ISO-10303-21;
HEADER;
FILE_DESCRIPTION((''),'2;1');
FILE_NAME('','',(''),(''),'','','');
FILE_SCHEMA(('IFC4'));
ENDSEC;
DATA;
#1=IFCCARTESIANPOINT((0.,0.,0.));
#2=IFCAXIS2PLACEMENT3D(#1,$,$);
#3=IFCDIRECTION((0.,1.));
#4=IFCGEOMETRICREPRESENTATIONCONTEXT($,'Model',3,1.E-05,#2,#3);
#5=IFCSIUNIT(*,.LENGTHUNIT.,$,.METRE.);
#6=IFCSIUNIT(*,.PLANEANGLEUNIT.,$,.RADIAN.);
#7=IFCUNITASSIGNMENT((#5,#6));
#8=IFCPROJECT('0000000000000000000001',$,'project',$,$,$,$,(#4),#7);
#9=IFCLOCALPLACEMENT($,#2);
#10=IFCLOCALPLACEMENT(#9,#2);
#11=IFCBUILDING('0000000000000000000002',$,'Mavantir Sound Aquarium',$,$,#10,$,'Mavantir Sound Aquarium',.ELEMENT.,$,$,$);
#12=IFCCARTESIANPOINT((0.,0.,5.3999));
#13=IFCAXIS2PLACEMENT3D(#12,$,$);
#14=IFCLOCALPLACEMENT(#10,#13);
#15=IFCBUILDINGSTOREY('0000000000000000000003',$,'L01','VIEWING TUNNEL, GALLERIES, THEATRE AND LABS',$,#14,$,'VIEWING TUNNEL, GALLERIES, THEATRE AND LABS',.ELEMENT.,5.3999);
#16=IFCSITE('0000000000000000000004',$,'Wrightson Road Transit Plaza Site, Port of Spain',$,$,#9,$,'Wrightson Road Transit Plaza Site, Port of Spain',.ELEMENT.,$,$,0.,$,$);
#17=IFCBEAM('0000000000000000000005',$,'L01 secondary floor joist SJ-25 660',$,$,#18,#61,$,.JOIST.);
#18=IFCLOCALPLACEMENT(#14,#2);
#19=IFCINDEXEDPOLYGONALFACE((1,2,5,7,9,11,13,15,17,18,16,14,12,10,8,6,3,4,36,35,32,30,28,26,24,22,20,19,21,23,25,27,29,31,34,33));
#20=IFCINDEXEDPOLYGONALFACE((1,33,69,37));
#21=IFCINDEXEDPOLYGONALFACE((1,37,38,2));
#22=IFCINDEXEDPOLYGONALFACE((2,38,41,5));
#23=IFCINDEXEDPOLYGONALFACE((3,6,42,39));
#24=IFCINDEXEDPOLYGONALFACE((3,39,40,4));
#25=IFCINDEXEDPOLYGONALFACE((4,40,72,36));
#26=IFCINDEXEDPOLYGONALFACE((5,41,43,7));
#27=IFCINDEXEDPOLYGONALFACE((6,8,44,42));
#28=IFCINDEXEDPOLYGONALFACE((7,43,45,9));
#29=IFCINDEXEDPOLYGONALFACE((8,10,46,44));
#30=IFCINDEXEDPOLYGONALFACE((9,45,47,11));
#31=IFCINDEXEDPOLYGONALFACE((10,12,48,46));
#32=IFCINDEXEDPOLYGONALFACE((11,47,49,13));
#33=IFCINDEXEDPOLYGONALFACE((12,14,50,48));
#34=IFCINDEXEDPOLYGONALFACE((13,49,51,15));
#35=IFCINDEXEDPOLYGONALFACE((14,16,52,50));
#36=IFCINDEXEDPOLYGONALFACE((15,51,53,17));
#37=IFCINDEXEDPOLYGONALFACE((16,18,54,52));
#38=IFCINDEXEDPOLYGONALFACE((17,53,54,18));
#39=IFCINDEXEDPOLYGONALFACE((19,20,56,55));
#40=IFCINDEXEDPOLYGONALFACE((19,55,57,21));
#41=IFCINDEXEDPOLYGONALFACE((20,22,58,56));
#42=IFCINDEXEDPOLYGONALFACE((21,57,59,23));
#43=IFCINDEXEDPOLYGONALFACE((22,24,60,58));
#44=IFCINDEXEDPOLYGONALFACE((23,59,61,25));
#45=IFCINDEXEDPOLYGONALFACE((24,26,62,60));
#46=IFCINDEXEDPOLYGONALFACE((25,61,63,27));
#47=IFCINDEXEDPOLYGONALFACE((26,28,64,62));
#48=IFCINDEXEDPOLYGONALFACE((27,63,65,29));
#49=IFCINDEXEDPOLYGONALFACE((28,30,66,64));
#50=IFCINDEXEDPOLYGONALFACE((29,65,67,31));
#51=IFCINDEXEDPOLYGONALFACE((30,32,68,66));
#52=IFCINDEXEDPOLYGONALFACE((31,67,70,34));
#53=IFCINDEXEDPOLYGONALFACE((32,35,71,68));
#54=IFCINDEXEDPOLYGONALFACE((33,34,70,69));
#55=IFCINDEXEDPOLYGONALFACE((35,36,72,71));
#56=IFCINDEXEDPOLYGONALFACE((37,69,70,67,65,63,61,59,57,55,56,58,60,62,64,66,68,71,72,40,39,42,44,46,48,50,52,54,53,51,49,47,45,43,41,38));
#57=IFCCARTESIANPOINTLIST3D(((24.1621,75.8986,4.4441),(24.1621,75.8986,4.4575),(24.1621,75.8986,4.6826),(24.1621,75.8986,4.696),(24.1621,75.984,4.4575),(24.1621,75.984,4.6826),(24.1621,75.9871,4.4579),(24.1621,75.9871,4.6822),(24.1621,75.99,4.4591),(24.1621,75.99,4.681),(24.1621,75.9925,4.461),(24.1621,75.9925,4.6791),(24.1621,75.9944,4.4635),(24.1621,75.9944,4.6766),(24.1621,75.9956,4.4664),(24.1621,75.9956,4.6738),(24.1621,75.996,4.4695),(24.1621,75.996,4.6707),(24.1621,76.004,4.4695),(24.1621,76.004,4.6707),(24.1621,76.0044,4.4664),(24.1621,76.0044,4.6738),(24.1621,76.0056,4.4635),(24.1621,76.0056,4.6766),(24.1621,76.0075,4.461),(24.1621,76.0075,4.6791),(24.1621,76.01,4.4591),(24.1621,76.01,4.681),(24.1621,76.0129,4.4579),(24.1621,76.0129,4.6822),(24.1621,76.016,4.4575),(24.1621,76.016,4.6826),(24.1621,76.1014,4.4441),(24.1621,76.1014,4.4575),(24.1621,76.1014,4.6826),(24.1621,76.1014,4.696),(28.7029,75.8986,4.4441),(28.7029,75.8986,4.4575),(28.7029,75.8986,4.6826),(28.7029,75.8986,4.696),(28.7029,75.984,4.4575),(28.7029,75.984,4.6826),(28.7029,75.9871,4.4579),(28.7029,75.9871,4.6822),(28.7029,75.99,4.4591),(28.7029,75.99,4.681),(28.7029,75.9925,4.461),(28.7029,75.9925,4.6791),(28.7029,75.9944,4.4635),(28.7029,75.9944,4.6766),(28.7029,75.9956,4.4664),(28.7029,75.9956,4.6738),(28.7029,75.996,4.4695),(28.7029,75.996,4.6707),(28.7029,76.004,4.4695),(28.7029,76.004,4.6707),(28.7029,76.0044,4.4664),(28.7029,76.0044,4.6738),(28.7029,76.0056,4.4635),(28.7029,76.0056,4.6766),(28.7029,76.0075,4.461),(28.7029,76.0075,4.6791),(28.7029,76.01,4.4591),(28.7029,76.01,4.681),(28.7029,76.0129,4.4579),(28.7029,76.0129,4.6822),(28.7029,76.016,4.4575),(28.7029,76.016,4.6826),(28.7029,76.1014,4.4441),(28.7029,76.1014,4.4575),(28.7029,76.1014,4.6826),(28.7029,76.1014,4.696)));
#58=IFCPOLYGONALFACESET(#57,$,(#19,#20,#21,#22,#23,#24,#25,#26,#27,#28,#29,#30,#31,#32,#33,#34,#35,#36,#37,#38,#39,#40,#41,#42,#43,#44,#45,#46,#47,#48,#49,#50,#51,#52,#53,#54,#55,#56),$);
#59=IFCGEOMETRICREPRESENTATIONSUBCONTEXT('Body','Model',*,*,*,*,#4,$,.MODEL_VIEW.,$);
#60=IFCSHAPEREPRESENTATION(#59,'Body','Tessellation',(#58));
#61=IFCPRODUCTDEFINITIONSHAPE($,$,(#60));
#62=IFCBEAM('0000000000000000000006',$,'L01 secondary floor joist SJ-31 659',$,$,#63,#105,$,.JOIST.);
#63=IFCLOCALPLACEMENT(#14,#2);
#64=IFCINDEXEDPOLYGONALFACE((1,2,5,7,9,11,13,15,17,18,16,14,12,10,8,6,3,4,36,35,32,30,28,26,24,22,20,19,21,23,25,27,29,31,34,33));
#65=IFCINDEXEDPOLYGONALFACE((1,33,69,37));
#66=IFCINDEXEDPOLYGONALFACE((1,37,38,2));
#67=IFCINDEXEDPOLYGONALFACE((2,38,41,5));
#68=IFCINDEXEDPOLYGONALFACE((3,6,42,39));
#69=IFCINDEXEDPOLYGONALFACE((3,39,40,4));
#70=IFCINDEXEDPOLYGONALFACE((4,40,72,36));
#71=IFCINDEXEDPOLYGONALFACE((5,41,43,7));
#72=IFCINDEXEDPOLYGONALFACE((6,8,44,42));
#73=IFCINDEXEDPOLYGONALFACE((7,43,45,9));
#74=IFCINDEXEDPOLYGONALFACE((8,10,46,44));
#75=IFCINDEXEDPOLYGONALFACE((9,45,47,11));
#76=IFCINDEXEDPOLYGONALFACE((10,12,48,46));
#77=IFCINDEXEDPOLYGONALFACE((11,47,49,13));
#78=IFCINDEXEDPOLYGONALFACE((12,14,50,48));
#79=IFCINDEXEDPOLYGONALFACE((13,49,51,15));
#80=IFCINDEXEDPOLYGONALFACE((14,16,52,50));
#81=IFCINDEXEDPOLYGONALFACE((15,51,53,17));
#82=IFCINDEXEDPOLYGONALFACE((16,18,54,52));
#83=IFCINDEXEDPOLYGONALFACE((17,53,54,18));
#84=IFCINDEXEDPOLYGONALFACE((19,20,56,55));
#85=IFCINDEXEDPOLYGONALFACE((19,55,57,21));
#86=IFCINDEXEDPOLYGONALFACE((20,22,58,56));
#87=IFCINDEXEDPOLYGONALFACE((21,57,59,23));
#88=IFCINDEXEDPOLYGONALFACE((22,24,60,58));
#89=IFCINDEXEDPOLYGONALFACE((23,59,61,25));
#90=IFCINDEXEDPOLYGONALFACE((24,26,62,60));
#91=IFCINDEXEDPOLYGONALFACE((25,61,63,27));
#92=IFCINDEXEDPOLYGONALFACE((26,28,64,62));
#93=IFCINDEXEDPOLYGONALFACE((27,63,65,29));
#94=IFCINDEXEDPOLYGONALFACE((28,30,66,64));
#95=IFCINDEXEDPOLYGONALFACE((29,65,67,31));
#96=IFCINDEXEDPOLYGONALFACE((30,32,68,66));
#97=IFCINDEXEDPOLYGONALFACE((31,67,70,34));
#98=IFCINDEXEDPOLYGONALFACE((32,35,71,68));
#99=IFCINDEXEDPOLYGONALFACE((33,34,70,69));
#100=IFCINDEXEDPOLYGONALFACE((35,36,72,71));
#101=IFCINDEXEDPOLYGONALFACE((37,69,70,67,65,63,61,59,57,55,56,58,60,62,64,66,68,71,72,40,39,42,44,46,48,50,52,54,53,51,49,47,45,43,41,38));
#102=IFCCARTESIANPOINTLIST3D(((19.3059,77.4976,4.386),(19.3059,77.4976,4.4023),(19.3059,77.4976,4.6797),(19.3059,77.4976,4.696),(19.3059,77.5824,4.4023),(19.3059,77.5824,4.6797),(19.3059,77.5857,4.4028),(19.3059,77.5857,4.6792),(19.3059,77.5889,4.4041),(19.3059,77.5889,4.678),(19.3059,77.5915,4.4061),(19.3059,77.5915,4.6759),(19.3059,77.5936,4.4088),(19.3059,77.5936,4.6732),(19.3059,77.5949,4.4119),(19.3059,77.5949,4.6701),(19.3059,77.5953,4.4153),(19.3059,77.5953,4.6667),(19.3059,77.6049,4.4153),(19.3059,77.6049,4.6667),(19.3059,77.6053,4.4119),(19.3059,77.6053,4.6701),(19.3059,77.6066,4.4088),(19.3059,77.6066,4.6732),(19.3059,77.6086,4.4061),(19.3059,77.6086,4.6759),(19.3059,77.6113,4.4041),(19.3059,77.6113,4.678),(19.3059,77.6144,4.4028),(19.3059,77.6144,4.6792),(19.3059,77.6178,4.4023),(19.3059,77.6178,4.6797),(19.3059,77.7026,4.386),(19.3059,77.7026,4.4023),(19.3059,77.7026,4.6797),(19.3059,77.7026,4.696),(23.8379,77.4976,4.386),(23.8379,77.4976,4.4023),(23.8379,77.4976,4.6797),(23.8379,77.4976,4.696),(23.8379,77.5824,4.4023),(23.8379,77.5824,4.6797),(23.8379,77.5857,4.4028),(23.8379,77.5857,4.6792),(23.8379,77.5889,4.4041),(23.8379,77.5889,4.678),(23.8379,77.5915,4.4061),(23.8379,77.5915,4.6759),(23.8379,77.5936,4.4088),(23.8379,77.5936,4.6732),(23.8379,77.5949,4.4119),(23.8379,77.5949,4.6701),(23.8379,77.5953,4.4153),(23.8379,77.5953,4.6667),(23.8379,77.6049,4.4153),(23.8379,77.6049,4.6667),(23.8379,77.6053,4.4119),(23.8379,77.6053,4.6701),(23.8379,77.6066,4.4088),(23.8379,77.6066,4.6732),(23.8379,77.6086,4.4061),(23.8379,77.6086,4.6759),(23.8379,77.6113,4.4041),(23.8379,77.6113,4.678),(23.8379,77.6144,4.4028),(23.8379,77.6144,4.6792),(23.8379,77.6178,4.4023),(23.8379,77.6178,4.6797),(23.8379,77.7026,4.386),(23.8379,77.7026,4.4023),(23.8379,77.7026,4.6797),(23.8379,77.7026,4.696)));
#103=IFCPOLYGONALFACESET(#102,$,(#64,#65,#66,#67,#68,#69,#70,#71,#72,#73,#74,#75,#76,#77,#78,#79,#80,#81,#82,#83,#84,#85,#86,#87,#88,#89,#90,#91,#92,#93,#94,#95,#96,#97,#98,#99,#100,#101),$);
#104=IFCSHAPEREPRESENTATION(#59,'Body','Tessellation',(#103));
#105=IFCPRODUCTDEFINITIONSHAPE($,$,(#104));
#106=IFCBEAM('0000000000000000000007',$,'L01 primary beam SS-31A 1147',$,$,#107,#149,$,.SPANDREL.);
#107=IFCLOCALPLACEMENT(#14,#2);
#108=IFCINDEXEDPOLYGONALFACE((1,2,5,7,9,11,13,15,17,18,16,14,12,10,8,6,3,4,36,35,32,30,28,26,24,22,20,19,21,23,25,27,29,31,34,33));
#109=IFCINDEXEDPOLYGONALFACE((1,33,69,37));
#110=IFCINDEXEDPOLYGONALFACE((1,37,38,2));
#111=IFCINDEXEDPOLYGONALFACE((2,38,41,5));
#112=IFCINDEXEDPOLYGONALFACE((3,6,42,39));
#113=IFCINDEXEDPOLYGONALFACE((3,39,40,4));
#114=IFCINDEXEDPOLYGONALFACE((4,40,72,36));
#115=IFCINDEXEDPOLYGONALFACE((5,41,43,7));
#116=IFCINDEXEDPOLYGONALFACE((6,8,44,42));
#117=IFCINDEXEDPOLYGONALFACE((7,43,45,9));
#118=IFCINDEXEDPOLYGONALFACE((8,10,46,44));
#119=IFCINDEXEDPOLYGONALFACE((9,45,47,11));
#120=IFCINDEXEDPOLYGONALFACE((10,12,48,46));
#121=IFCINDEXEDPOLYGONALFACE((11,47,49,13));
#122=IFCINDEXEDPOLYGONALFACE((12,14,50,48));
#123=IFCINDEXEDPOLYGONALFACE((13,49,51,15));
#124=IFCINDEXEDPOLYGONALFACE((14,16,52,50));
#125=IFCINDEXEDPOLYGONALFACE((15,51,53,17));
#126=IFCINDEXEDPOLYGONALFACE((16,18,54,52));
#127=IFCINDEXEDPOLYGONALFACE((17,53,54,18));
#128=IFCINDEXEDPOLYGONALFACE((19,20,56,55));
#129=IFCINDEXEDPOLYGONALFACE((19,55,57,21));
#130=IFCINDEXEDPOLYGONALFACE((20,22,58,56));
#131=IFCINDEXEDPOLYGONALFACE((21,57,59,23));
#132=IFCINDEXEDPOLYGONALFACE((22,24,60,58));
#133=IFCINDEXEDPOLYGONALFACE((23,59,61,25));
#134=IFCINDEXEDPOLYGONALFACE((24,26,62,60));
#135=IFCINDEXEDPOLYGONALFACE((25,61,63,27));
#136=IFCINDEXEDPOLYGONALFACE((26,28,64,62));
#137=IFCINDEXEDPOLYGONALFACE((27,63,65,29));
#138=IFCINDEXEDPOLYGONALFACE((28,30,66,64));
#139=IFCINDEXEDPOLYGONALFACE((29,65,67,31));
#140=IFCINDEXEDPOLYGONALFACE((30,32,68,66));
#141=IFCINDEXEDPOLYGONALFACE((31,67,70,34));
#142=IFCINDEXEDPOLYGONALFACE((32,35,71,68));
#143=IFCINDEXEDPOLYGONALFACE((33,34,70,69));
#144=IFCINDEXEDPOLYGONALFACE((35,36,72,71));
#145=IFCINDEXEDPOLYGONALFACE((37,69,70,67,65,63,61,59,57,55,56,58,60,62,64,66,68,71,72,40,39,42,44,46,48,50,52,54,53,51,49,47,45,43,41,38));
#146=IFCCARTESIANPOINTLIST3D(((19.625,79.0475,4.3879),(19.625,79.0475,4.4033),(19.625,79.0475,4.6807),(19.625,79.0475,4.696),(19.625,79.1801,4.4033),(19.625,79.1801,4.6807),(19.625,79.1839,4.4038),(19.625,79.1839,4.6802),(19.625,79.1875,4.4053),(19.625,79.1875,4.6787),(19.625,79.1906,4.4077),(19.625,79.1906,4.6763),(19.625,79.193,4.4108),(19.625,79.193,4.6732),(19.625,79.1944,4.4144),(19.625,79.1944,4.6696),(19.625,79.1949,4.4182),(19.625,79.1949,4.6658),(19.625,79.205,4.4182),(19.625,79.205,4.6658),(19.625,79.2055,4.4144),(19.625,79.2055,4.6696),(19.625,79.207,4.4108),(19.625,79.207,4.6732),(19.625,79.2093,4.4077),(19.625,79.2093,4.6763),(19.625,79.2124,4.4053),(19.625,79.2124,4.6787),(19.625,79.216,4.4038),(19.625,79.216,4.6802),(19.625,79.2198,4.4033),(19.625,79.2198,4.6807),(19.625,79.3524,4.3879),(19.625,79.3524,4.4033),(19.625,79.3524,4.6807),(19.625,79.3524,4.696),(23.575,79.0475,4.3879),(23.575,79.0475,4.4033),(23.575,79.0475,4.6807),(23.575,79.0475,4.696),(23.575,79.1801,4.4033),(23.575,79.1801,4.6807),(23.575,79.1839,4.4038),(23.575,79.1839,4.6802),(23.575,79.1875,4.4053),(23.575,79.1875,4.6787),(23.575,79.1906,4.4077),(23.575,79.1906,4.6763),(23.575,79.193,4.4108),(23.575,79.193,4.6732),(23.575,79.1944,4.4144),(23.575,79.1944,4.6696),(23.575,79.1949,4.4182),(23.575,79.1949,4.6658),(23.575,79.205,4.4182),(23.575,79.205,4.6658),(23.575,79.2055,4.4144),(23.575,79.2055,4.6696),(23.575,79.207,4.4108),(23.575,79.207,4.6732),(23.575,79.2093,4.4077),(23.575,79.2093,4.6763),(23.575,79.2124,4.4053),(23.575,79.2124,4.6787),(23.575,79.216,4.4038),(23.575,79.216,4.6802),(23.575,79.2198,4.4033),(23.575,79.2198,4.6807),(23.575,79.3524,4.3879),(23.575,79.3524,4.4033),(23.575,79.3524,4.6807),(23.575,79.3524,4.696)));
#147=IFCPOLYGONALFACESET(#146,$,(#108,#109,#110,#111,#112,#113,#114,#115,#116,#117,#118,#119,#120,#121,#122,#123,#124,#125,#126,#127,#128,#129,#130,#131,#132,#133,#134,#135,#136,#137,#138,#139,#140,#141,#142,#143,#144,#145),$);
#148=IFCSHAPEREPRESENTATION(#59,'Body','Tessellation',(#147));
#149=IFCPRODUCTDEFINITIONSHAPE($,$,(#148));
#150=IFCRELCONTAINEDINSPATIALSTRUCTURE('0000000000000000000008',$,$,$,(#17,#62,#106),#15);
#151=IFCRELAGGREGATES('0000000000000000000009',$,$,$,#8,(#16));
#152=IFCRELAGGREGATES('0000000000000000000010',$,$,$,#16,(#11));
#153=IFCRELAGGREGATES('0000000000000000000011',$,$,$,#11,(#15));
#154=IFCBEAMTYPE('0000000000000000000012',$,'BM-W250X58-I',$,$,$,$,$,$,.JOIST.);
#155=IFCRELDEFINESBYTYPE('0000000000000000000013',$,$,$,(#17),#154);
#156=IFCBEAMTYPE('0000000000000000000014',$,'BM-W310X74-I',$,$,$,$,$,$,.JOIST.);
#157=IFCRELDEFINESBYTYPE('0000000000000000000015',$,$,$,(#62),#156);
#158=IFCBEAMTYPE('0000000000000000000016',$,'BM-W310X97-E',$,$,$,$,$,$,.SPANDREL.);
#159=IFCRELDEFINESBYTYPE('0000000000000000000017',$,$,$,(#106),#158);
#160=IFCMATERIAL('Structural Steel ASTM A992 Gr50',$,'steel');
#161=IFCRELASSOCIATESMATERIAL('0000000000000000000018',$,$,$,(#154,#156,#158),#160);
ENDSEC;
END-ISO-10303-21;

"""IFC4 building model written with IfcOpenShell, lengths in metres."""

from ifc_helpers import new_model, si_unit, direction, frame, origin, origin_2d, place, context, subcontext, project, spatial, i_section, extrude, material, material_profile, profile_set, type_object, element, save


model = new_model("IFC4")

# Units and contexts
model_context = context("Model", 3, precision=1e-05, world=origin(), true_north=direction((0.0, 1.0)))
body_context = subcontext(model_context, "Body", "Model", "MODEL_VIEW")
ifc_project = project(units=[si_unit("LENGTHUNIT", "METRE"), si_unit("PLANEANGLEUNIT", "RADIAN")], contexts=[model_context])

# Site, building, storey
site_placement = place(None, origin())
site = spatial("IfcSite", under=ifc_project, at=site_placement, Name="Wrightson Road Transit Plaza Site, Port of Spain", LongName="Wrightson Road Transit Plaza Site, Port of Spain", CompositionType="ELEMENT", RefElevation=0.0)
building_placement = place(site_placement, origin())
building = spatial("IfcBuilding", under=site, at=building_placement, Name="Mavantir Sound Aquarium", LongName="Mavantir Sound Aquarium", CompositionType="ELEMENT")
storey_placement = place(building_placement, frame((0.0, 0.0, 5.3999)))
storey = spatial("IfcBuildingStorey", under=building, at=storey_placement, Name="L01", Description="VIEWING TUNNEL, GALLERIES, THEATRE AND LABS", LongName="VIEWING TUNNEL, GALLERIES, THEATRE AND LABS", CompositionType="ELEMENT", Elevation=5.3999)

# Beams
ifc_material_1 = material(Name="Structural Steel ASTM A992 Gr50", Category="steel")
ifc_material_profile_1 = material_profile(ifc_material_1, i_section(OverallWidth=0.2029, OverallDepth=0.252, WebThickness=0.0081, FlangeThickness=0.0134, FilletRadius=0.012, at=origin_2d()), Name="W250X58")
ifc_profile_set_1 = profile_set([ifc_material_profile_1], Name="Structural Steel ASTM A992 Gr50")
beam_type_1 = type_object("IfcBeamType", Name="BM-W250X58-I", PredefinedType="JOIST", material=ifc_profile_set_1)
beam_1_placement = place(storey_placement, frame((24.1621, 76.0, 4.5701), z_axis=(1.0, 0.0, 0.0), x_axis=(0.0, 1.0, 0.0)))
element("IfcBeam", 1, at=beam_1_placement, inside=storey, type_object=beam_type_1, Name="L01 secondary floor joist SJ-25 660", PredefinedType="JOIST", context=body_context, shape_type="SweptSolid", body=[
    extrude(i_section(OverallWidth=0.2029, OverallDepth=0.252, WebThickness=0.0081, FlangeThickness=0.0134, FilletRadius=0.012, at=origin_2d()), origin(), (0.0, 0.0, 1.0), 4.5408),
])
ifc_material_profile_2 = material_profile(ifc_material_1, i_section(OverallWidth=0.2051, OverallDepth=0.3101, WebThickness=0.0095, FlangeThickness=0.0164, FilletRadius=0.0129, at=origin_2d()), Name="W310X74")
ifc_profile_set_2 = profile_set([ifc_material_profile_2], Name="Structural Steel ASTM A992 Gr50")
beam_type_2 = type_object("IfcBeamType", Name="BM-W310X74-I", PredefinedType="JOIST", material=ifc_profile_set_2)
beam_2_placement = place(storey_placement, frame((19.3059, 77.6001, 4.541), z_axis=(1.0, 0.0, 0.0), x_axis=(0.0, 1.0, 0.0)))
element("IfcBeam", 2, at=beam_2_placement, inside=storey, type_object=beam_type_2, Name="L01 secondary floor joist SJ-31 659", PredefinedType="JOIST", context=body_context, shape_type="SweptSolid", body=[
    extrude(i_section(OverallWidth=0.2051, OverallDepth=0.3101, WebThickness=0.0095, FlangeThickness=0.0164, FilletRadius=0.0129, at=origin_2d()), origin(), (0.0, 0.0, 1.0), 4.532),
])
ifc_material_profile_3 = material_profile(ifc_material_1, i_section(OverallWidth=0.3049, OverallDepth=0.3081, WebThickness=0.01, FlangeThickness=0.0154, FilletRadius=0.0149, at=origin_2d()), Name="W310X97")
ifc_profile_set_3 = profile_set([ifc_material_profile_3], Name="Structural Steel ASTM A992 Gr50")
beam_type_3 = type_object("IfcBeamType", Name="BM-W310X97-E", PredefinedType="SPANDREL", material=ifc_profile_set_3)
beam_3_placement = place(storey_placement, frame((19.625, 79.2, 4.542), z_axis=(1.0, 0.0, 0.0), x_axis=(0.0, 1.0, 0.0)))
element("IfcBeam", 3, at=beam_3_placement, inside=storey, type_object=beam_type_3, Name="L01 primary beam SS-31A 1147", PredefinedType="SPANDREL", context=body_context, shape_type="SweptSolid", body=[
    extrude(i_section(OverallWidth=0.3049, OverallDepth=0.3081, WebThickness=0.01, FlangeThickness=0.0154, FilletRadius=0.0149, at=origin_2d()), origin(), (0.0, 0.0, 1.0), 3.95),
])

save(model, "model.ifc")
